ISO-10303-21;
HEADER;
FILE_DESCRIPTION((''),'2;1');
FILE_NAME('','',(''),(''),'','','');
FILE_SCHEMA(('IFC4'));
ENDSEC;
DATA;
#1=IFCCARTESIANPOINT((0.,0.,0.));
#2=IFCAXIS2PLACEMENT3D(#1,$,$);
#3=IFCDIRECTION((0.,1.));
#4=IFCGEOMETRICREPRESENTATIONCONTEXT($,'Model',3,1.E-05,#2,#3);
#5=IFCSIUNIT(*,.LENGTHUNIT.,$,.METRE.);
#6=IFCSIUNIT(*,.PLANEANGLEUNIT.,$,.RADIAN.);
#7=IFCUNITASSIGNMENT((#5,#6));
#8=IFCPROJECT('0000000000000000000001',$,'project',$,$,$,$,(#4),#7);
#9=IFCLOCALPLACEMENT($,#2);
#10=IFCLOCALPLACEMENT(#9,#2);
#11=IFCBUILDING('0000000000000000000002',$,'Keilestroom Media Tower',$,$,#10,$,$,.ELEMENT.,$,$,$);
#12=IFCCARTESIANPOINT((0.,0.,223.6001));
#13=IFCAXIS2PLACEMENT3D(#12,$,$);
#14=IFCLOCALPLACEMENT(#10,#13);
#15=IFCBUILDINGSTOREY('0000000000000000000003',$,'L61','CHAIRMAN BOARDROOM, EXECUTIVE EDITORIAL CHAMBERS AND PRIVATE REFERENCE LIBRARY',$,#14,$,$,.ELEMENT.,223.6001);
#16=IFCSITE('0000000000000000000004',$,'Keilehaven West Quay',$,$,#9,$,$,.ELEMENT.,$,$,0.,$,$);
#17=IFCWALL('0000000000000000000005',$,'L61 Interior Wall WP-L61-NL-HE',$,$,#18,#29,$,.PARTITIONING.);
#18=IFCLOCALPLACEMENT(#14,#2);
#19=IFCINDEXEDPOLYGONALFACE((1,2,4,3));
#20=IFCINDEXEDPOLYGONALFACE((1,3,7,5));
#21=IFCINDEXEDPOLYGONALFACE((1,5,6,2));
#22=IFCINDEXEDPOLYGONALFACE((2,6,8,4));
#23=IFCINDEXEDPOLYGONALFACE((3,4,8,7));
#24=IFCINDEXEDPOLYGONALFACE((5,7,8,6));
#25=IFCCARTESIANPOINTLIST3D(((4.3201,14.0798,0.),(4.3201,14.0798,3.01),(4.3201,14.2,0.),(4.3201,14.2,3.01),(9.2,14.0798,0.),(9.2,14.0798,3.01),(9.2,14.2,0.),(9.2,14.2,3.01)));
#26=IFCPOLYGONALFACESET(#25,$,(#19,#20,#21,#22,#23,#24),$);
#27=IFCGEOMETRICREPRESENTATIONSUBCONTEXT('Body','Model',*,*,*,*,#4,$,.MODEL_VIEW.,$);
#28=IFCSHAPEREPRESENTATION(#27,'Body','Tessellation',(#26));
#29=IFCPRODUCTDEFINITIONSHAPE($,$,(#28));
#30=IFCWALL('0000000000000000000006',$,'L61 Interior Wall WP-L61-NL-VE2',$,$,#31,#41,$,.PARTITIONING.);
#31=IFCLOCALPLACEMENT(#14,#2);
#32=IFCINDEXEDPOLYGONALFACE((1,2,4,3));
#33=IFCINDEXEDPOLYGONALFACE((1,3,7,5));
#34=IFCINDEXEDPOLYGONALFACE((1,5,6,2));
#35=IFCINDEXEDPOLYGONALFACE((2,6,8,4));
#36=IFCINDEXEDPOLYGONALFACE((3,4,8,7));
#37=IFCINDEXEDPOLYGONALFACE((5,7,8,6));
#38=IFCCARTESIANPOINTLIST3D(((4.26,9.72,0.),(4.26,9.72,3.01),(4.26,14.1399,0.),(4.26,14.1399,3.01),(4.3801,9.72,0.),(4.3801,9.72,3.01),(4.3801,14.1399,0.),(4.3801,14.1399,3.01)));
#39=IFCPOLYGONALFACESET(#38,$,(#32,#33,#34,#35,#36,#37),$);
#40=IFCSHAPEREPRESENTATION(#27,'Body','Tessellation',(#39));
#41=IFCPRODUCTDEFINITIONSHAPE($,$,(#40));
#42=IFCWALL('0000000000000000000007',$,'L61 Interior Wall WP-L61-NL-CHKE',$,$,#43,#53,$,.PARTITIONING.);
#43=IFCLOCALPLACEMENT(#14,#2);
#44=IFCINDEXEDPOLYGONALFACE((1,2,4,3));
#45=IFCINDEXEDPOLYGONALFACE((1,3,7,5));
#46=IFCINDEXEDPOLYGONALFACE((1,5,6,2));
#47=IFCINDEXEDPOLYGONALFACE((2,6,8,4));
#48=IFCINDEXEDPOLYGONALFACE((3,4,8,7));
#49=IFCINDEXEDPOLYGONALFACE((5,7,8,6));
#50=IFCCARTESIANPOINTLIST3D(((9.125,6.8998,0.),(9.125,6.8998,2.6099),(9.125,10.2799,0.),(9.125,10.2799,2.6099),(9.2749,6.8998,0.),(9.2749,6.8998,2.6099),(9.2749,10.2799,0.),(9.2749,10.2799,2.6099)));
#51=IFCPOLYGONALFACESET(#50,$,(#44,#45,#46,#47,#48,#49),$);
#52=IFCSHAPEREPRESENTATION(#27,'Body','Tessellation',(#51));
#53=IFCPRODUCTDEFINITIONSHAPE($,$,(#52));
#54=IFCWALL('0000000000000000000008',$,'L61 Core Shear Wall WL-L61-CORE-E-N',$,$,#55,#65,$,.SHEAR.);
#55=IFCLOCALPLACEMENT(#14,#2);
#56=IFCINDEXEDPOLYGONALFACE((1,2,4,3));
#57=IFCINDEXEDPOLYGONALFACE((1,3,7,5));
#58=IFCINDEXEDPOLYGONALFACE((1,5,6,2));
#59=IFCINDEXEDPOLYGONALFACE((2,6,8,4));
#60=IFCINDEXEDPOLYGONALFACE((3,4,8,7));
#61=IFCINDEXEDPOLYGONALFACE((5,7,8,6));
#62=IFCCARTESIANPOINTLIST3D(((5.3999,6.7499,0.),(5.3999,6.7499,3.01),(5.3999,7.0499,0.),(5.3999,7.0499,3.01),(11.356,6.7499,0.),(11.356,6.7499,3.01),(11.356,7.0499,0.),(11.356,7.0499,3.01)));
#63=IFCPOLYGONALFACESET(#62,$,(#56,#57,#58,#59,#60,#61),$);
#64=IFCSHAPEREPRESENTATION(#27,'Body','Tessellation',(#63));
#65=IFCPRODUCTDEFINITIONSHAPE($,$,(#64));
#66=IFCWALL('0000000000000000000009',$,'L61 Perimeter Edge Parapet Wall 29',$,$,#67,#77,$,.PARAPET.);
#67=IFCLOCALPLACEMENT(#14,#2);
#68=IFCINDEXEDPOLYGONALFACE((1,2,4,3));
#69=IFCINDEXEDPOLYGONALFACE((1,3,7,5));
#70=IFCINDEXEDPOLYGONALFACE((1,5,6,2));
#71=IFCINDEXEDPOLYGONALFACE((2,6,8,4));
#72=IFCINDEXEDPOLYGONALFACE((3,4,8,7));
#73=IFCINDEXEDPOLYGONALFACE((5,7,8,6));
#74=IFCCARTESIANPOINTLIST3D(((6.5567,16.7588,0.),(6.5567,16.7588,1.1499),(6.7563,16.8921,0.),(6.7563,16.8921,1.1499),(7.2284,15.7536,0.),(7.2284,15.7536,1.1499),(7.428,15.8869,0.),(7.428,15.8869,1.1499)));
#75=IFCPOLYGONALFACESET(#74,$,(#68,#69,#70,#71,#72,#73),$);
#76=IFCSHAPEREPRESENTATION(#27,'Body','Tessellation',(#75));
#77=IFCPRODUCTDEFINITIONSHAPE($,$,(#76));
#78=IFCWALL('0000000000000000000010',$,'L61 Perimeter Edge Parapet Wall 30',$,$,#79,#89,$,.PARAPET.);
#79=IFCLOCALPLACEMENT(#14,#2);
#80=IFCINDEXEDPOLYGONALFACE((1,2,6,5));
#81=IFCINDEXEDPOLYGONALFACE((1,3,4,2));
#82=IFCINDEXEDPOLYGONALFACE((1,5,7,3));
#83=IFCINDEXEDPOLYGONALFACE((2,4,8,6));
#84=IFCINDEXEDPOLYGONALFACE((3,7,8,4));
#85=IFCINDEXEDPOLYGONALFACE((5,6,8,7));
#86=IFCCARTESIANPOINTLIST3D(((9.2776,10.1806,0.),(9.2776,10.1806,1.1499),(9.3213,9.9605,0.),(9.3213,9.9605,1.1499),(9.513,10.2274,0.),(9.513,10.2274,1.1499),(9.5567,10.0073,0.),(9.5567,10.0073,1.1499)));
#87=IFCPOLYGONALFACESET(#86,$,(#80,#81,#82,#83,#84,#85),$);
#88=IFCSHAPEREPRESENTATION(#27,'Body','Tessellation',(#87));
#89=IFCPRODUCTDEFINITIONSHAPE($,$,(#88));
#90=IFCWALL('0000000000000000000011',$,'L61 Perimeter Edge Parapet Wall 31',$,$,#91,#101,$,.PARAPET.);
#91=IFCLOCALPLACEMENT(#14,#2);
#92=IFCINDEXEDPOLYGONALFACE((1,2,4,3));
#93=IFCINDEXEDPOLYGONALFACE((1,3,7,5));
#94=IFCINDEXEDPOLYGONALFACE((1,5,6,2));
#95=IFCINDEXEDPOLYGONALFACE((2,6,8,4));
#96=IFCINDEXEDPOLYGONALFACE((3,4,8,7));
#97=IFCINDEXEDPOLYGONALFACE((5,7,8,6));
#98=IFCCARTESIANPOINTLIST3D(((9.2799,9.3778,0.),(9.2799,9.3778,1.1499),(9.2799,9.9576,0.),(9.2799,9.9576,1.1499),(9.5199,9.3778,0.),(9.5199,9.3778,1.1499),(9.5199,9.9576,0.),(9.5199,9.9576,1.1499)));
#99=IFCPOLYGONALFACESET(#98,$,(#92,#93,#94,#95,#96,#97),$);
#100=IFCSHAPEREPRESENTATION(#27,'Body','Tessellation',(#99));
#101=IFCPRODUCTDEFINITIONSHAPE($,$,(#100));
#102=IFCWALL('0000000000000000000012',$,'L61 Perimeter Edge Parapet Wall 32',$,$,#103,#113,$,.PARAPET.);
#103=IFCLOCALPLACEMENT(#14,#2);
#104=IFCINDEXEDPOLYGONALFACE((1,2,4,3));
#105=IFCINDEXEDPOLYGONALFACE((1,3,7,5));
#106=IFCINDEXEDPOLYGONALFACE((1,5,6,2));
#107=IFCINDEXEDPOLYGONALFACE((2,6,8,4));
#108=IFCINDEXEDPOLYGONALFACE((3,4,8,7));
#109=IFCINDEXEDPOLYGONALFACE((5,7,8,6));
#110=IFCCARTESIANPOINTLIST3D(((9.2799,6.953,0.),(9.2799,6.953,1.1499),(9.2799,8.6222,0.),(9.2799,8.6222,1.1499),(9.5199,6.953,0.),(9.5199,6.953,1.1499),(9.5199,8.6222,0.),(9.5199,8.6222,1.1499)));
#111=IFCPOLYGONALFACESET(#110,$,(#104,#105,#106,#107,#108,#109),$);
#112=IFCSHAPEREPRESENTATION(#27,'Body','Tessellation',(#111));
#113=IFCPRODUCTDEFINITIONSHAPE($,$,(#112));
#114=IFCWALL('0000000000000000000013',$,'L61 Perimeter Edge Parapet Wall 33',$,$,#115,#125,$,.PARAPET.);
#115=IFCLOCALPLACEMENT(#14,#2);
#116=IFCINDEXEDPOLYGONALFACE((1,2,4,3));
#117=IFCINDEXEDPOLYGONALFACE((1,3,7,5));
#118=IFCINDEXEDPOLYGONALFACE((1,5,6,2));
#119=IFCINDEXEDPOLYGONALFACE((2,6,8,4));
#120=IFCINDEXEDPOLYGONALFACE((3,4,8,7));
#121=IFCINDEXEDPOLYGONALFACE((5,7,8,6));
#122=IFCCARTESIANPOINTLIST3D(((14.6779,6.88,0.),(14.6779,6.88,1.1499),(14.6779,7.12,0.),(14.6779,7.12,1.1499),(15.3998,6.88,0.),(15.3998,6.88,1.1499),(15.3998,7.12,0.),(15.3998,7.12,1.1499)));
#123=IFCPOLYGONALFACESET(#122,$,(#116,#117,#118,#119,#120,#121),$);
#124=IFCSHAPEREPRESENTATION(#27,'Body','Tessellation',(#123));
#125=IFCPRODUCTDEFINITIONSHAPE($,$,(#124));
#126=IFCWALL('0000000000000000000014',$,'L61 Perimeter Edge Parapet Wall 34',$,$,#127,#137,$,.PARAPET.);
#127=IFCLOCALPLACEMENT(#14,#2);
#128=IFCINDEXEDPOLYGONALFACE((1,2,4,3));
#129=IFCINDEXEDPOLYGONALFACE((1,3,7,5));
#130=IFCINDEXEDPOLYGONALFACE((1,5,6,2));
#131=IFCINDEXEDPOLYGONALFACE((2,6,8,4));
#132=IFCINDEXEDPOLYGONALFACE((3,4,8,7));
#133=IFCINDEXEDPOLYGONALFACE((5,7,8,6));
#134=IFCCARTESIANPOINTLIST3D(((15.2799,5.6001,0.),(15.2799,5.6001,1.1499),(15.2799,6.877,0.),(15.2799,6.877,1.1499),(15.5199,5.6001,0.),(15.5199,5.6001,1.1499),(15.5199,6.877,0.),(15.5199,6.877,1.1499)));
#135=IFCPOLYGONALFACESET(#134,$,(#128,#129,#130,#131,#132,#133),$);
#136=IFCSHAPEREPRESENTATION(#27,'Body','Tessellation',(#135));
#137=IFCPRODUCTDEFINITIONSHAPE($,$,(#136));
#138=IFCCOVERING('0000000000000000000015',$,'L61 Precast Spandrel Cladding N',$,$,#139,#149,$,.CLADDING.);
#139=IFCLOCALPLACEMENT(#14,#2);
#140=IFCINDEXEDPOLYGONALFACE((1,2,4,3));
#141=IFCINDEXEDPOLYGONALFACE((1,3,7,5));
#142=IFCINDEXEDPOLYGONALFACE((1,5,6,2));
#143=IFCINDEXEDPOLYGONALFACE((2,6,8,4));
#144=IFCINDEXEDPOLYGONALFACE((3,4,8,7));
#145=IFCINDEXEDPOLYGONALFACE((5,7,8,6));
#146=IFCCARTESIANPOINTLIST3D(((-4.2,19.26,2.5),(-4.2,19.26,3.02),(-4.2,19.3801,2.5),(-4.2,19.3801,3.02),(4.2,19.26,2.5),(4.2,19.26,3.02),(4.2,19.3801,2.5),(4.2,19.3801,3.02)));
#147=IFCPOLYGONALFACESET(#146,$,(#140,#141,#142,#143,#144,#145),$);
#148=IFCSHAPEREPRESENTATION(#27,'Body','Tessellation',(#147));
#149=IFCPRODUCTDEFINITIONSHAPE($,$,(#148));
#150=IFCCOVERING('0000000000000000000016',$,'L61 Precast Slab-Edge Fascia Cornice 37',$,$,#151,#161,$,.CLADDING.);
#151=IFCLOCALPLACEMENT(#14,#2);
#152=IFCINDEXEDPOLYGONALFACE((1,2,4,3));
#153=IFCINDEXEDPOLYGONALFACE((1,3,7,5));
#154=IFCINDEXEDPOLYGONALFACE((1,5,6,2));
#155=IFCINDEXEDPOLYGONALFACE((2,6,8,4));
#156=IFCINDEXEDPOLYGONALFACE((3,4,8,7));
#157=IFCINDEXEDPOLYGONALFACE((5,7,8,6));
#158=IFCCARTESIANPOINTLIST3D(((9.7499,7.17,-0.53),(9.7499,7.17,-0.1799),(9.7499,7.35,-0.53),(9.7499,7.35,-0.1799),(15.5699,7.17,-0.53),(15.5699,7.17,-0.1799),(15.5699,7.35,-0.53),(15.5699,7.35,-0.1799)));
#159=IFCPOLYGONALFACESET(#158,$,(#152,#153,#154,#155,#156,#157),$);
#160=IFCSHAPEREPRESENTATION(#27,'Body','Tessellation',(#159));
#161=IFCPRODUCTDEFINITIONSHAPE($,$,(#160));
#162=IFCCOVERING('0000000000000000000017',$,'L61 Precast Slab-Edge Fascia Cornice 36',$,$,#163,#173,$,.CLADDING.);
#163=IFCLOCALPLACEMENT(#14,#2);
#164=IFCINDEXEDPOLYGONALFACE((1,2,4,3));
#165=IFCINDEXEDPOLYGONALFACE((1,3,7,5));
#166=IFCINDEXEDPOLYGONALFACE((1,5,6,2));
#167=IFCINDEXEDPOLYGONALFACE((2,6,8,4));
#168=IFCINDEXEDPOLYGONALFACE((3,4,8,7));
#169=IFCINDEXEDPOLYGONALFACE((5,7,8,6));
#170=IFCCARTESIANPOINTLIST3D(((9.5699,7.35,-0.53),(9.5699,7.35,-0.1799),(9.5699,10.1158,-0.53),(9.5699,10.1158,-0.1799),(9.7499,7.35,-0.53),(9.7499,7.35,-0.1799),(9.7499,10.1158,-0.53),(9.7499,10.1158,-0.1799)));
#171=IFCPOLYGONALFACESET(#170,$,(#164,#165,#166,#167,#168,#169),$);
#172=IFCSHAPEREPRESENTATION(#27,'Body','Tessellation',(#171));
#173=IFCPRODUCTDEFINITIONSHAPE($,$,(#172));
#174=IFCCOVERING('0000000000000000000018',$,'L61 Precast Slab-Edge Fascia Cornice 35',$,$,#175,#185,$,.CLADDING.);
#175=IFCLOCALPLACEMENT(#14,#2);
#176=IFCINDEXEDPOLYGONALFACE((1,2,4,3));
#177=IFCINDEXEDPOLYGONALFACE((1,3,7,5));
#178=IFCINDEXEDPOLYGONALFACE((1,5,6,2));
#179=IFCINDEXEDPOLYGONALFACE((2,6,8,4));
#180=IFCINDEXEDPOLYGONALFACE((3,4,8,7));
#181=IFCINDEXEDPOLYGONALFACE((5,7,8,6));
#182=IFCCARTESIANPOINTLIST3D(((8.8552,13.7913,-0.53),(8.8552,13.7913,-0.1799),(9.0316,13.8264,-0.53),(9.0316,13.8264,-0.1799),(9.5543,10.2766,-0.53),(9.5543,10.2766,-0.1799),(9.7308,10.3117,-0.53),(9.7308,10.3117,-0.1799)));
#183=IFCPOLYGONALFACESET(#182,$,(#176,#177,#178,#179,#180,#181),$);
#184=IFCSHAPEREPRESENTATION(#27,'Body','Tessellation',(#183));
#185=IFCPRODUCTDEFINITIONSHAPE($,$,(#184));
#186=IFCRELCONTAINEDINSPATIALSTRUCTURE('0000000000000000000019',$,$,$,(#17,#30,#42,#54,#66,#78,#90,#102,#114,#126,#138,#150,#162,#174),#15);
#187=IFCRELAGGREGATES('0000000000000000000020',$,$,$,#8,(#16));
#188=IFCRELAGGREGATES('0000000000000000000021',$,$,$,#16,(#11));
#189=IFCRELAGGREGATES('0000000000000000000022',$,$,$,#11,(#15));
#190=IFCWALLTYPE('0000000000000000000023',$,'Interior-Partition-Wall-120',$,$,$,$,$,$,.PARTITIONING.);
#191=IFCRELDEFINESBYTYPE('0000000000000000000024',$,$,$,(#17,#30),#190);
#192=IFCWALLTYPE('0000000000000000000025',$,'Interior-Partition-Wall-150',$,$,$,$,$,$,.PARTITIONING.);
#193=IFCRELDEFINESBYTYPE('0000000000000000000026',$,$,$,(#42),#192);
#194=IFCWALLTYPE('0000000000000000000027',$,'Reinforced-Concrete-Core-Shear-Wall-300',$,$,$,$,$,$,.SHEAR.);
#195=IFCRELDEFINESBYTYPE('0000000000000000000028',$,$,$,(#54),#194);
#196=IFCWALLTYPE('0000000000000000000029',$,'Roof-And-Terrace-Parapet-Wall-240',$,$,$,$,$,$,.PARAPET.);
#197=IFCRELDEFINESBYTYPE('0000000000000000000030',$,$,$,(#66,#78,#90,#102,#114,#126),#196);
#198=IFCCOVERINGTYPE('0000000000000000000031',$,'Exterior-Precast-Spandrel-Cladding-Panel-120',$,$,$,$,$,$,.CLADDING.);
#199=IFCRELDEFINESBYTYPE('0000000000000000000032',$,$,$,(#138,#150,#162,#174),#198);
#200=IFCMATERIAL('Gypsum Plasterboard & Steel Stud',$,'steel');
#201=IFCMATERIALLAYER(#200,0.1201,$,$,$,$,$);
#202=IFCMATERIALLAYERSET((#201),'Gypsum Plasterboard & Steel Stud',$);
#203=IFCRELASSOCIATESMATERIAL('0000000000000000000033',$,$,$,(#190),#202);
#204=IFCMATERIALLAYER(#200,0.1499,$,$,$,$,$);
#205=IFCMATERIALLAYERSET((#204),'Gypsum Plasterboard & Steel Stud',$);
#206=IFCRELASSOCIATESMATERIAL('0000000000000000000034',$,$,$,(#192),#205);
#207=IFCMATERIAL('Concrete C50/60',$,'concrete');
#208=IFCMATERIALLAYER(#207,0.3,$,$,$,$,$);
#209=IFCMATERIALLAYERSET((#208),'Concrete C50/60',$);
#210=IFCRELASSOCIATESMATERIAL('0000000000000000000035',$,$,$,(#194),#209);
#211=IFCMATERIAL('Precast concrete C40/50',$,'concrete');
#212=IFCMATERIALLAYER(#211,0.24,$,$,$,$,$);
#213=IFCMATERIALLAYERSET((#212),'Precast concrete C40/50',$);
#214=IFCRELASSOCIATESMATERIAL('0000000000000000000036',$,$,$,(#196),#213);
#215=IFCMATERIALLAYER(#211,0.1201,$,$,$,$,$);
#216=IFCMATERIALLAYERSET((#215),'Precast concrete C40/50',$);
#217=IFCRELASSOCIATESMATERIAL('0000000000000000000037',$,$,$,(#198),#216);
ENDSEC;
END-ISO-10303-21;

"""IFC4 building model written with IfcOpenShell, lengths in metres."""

from ifc_helpers import new_model, si_unit, direction, frame, frame_2d, origin, origin_2d, place, context, subcontext, project, spatial, rectangle, extrude, source, transform, mapped, material, layer, layer_set, type_object, element, save


model = new_model("IFC4")

# Units and contexts
model_context = context("Model", 3, precision=1e-05, world=origin(), true_north=direction((0.0, 1.0)))
body_context = subcontext(model_context, "Body", "Model", "MODEL_VIEW")
ifc_project = project(units=[si_unit("LENGTHUNIT", "METRE"), si_unit("PLANEANGLEUNIT", "RADIAN")], contexts=[model_context])

# Site, building, storey
site_placement = place(None, origin())
site = spatial("IfcSite", under=ifc_project, at=site_placement, Name="Keilehaven West Quay", CompositionType="ELEMENT", RefElevation=0.0)
building_placement = place(site_placement, origin())
building = spatial("IfcBuilding", under=site, at=building_placement, Name="Keilestroom Media Tower", CompositionType="ELEMENT")
storey_placement = place(building_placement, frame((0.0, 0.0, 223.6001)))
storey = spatial("IfcBuildingStorey", under=building, at=storey_placement, Name="L61", Description="CHAIRMAN BOARDROOM, EXECUTIVE EDITORIAL CHAMBERS AND PRIVATE REFERENCE LIBRARY", CompositionType="ELEMENT", Elevation=223.6001)

# Shared definitions
ifc_material_1 = material(Name="Precast concrete C40/50", Category="concrete")
ifc_material_2 = material(Name="Concrete C50/60", Category="concrete")

# Walls
ifc_material_3 = material(Name="Gypsum Plasterboard & Steel Stud", Category="steel")
ifc_layer_1 = layer(ifc_material_3, 0.1201)
ifc_layer_set_1 = layer_set([ifc_layer_1], Name="Gypsum Plasterboard & Steel Stud")
wall_type_1 = type_object("IfcWallType", Name="Interior-Partition-Wall-120", PredefinedType="PARTITIONING", material=ifc_layer_set_1)
wall_1_placement = place(storey_placement, frame((4.3201, 14.1399, 0.0), z_axis=(0.0, 0.0, 1.0), x_axis=(1.0, 0.0, 0.0)))
element("IfcWall", 1, at=wall_1_placement, inside=storey, type_object=wall_type_1, Name="L61 Interior Wall WP-L61-NL-HE", PredefinedType="PARTITIONING", context=body_context, shape_type="SweptSolid", body=[
    extrude(rectangle(XDim=4.8799, YDim=0.1201, at=frame_2d((2.4399, 0.0))), origin(), (0.0, 0.0, 1.0), 3.01),
])
wall_2_placement = place(storey_placement, frame((4.3201, 9.72, 0.0), z_axis=(0.0, 0.0, 1.0), x_axis=(0.0, 1.0, 0.0)))
element("IfcWall", 2, at=wall_2_placement, inside=storey, type_object=wall_type_1, Name="L61 Interior Wall WP-L61-NL-VE2", PredefinedType="PARTITIONING", context=body_context, shape_type="SweptSolid", body=[
    extrude(rectangle(XDim=4.4199, YDim=0.1201, at=frame_2d((2.21, 0.0))), origin(), (0.0, 0.0, 1.0), 3.01),
])
ifc_layer_2 = layer(ifc_material_3, 0.1499)
ifc_layer_set_2 = layer_set([ifc_layer_2], Name="Gypsum Plasterboard & Steel Stud")
wall_type_2 = type_object("IfcWallType", Name="Interior-Partition-Wall-150", PredefinedType="PARTITIONING", material=ifc_layer_set_2)
wall_3_placement = place(storey_placement, frame((9.2, 6.8999, 0.0), z_axis=(0.0, 0.0, 1.0), x_axis=(0.0, 1.0, 0.0)))
element("IfcWall", 3, at=wall_3_placement, inside=storey, type_object=wall_type_2, Name="L61 Interior Wall WP-L61-NL-CHKE", PredefinedType="PARTITIONING", context=body_context, shape_type="SweptSolid", body=[
    extrude(rectangle(XDim=3.3801, YDim=0.1499, at=frame_2d((1.6899, 0.0))), origin(), (0.0, 0.0, 1.0), 2.6099),
])
ifc_layer_3 = layer(ifc_material_2, 0.3)
ifc_layer_set_3 = layer_set([ifc_layer_3], Name="Concrete C50/60")
wall_type_3 = type_object("IfcWallType", Name="Reinforced-Concrete-Core-Shear-Wall-300", PredefinedType="SHEAR", material=ifc_layer_set_3)
wall_4_placement = place(storey_placement, frame((5.3999, 6.8999, 0.0), z_axis=(0.0, 0.0, 1.0), x_axis=(1.0, 0.0, 0.0)))
element("IfcWall", 4, at=wall_4_placement, inside=storey, type_object=wall_type_3, Name="L61 Core Shear Wall WL-L61-CORE-E-N", PredefinedType="SHEAR", context=body_context, shape_type="SweptSolid", body=[
    extrude(rectangle(XDim=5.9561, YDim=0.3, at=frame_2d((2.978, 0.0))), origin(), (0.0, 0.0, 1.0), 3.01),
])
ifc_layer_4 = layer(ifc_material_1, 0.24)
ifc_layer_set_4 = layer_set([ifc_layer_4], Name="Precast concrete C40/50")
wall_type_4 = type_object("IfcWallType", Name="Roof-And-Terrace-Parapet-Wall-240", PredefinedType="PARAPET", material=ifc_layer_set_4)
wall_5_placement = place(storey_placement, frame((6.6565, 16.8254, 0.0), z_axis=(0.0, 0.0, 1.0), x_axis=(0.555585, -0.831459, 0.0)))
element("IfcWall", 5, at=wall_5_placement, inside=storey, type_object=wall_type_4, Name="L61 Perimeter Edge Parapet Wall 29", PredefinedType="PARAPET", context=body_context, shape_type="SweptSolid", body=[
    extrude(rectangle(XDim=1.209, YDim=0.24, at=frame_2d((0.6045, 0.0))), origin(), (0.0, 0.0, 1.0), 1.1499),
])
wall_6_placement = place(storey_placement, frame((9.3953, 10.2041, 0.0), z_axis=(0.0, 0.0, 1.0), x_axis=(0.19486, -0.980831, 0.0)))
element("IfcWall", 6, at=wall_6_placement, inside=storey, type_object=wall_type_4, Name="L61 Perimeter Edge Parapet Wall 30", PredefinedType="PARAPET", context=body_context, shape_type="SweptSolid", body=[
    extrude(rectangle(XDim=0.2244, YDim=0.24, at=frame_2d((0.1123, 0.0))), origin(), (0.0, 0.0, 1.0), 1.1499),
])
wall_7_placement = place(storey_placement, frame((9.3999, 9.9578, 0.0), z_axis=(0.0, 0.0, 1.0), x_axis=(0.0, -1.0, 0.0)))
element("IfcWall", 7, at=wall_7_placement, inside=storey, type_object=wall_type_4, Name="L61 Perimeter Edge Parapet Wall 31", PredefinedType="PARAPET", context=body_context, shape_type="SweptSolid", body=[
    extrude(rectangle(XDim=0.5798, YDim=0.24, at=frame_2d((0.29, 0.0))), origin(), (0.0, 0.0, 1.0), 1.1499),
])
wall_8_placement = place(storey_placement, frame((9.3999, 8.6221, 0.0), z_axis=(0.0, 0.0, 1.0), x_axis=(0.0, -1.0, 0.0)))
element("IfcWall", 8, at=wall_8_placement, inside=storey, type_object=wall_type_4, Name="L61 Perimeter Edge Parapet Wall 32", PredefinedType="PARAPET", context=body_context, shape_type="SweptSolid", body=[
    extrude(rectangle(XDim=1.6692, YDim=0.24, at=frame_2d((0.8345, 0.0))), origin(), (0.0, 0.0, 1.0), 1.1499),
])
wall_9_placement = place(storey_placement, frame((14.678, 7.0, 0.0), z_axis=(0.0, 0.0, 1.0), x_axis=(1.0, 0.0, 0.0)))
element("IfcWall", 9, at=wall_9_placement, inside=storey, type_object=wall_type_4, Name="L61 Perimeter Edge Parapet Wall 33", PredefinedType="PARAPET", context=body_context, shape_type="SweptSolid", body=[
    extrude(rectangle(XDim=0.7219, YDim=0.24, at=frame_2d((0.3608, 0.0))), origin(), (0.0, 0.0, 1.0), 1.1499),
])
wall_10_placement = place(storey_placement, frame((15.3999, 6.877, 0.0), z_axis=(0.0, 0.0, 1.0), x_axis=(0.0, -1.0, 0.0)))
element("IfcWall", 10, at=wall_10_placement, inside=storey, type_object=wall_type_4, Name="L61 Perimeter Edge Parapet Wall 34", PredefinedType="PARAPET", context=body_context, shape_type="SweptSolid", body=[
    extrude(rectangle(XDim=1.2769, YDim=0.24, at=frame_2d((0.6384, 0.0))), origin(), (0.0, 0.0, 1.0), 1.1499),
])

# Coverings
ifc_layer_5 = layer(ifc_material_1, 0.1201)
ifc_layer_set_5 = layer_set([ifc_layer_5], Name="Precast concrete C40/50")
covering_type = type_object("IfcCoveringType", Name="Exterior-Precast-Spandrel-Cladding-Panel-120", PredefinedType="CLADDING", material=ifc_layer_set_5)
shared_shape_1 = source(origin(), body_context, "Body", "SweptSolid", [
    extrude(rectangle(XDim=8.3999, YDim=0.1201, at=origin_2d()), origin(), (0.0, 0.0, 1.0), 0.52),
])
covering_1_placement = place(storey_placement, frame((0.0, 19.3201, 2.5), z_axis=(0.0, 0.0, 1.0), x_axis=(1.0, 0.0, 0.0)))
element("IfcCovering", 11, at=covering_1_placement, inside=storey, type_object=covering_type, Name="L61 Precast Spandrel Cladding N", PredefinedType="CLADDING", context=body_context, shape_type="MappedRepresentation", body=[
    mapped(shared_shape_1, transform((0.0, 0.0, 0.0), x_axis=(1.0, 0.0, 0.0), y_axis=(0.0, 1.0, 0.0), z_axis=(0.0, 0.0, 1.0), scale=1.0)),
])
shared_shape_2 = source(origin(), body_context, "Body", "SweptSolid", [
    extrude(rectangle(XDim=5.8201, YDim=0.1799, at=origin_2d()), origin(), (0.0, 0.0, 1.0), 0.3501),
])
covering_2_placement = place(storey_placement, frame((12.6599, 7.26, -0.53), z_axis=(0.0, 0.0, 1.0), x_axis=(1.0, 0.0, 0.0)))
element("IfcCovering", 12, at=covering_2_placement, inside=storey, type_object=covering_type, Name="L61 Precast Slab-Edge Fascia Cornice 37", PredefinedType="CLADDING", context=body_context, shape_type="MappedRepresentation", body=[
    mapped(shared_shape_2, transform((0.0, 0.0, 0.0), x_axis=(1.0, 0.0, 0.0), y_axis=(0.0, 1.0, 0.0), z_axis=(0.0, 0.0, 1.0), scale=1.0)),
])
shared_shape_3 = source(origin(), body_context, "Body", "SweptSolid", [
    extrude(rectangle(XDim=2.7659, YDim=0.1799, at=origin_2d()), origin(), (0.0, 0.0, 1.0), 0.3501),
])
covering_3_placement = place(storey_placement, frame((9.6599, 8.7329, -0.53), z_axis=(0.0, 0.0, 1.0), x_axis=(0.0, -1.0, 0.0)))
element("IfcCovering", 13, at=covering_3_placement, inside=storey, type_object=covering_type, Name="L61 Precast Slab-Edge Fascia Cornice 36", PredefinedType="CLADDING", context=body_context, shape_type="MappedRepresentation", body=[
    mapped(shared_shape_3, transform((0.0, 0.0, 0.0), x_axis=(1.0, 0.0, 0.0), y_axis=(0.0, 1.0, 0.0), z_axis=(0.0, 0.0, 1.0), scale=1.0)),
])
shared_shape_4 = source(origin(), body_context, "Body", "SweptSolid", [
    extrude(rectangle(XDim=3.5835, YDim=0.1799, at=origin_2d()), origin(), (0.0, 0.0, 1.0), 0.3501),
])
covering_4_placement = place(storey_placement, frame((9.293, 12.0515, -0.53), z_axis=(0.0, 0.0, 1.0), x_axis=(0.195099, -0.980784, 0.0)))
element("IfcCovering", 14, at=covering_4_placement, inside=storey, type_object=covering_type, Name="L61 Precast Slab-Edge Fascia Cornice 35", PredefinedType="CLADDING", context=body_context, shape_type="MappedRepresentation", body=[
    mapped(shared_shape_4, transform((0.0, 0.0, 0.0), x_axis=(1.0, 0.0, 0.0), y_axis=(0.0, 1.0, 0.0), z_axis=(0.0, 0.0, 1.0), scale=1.0)),
])

save(model, "model.ifc")
